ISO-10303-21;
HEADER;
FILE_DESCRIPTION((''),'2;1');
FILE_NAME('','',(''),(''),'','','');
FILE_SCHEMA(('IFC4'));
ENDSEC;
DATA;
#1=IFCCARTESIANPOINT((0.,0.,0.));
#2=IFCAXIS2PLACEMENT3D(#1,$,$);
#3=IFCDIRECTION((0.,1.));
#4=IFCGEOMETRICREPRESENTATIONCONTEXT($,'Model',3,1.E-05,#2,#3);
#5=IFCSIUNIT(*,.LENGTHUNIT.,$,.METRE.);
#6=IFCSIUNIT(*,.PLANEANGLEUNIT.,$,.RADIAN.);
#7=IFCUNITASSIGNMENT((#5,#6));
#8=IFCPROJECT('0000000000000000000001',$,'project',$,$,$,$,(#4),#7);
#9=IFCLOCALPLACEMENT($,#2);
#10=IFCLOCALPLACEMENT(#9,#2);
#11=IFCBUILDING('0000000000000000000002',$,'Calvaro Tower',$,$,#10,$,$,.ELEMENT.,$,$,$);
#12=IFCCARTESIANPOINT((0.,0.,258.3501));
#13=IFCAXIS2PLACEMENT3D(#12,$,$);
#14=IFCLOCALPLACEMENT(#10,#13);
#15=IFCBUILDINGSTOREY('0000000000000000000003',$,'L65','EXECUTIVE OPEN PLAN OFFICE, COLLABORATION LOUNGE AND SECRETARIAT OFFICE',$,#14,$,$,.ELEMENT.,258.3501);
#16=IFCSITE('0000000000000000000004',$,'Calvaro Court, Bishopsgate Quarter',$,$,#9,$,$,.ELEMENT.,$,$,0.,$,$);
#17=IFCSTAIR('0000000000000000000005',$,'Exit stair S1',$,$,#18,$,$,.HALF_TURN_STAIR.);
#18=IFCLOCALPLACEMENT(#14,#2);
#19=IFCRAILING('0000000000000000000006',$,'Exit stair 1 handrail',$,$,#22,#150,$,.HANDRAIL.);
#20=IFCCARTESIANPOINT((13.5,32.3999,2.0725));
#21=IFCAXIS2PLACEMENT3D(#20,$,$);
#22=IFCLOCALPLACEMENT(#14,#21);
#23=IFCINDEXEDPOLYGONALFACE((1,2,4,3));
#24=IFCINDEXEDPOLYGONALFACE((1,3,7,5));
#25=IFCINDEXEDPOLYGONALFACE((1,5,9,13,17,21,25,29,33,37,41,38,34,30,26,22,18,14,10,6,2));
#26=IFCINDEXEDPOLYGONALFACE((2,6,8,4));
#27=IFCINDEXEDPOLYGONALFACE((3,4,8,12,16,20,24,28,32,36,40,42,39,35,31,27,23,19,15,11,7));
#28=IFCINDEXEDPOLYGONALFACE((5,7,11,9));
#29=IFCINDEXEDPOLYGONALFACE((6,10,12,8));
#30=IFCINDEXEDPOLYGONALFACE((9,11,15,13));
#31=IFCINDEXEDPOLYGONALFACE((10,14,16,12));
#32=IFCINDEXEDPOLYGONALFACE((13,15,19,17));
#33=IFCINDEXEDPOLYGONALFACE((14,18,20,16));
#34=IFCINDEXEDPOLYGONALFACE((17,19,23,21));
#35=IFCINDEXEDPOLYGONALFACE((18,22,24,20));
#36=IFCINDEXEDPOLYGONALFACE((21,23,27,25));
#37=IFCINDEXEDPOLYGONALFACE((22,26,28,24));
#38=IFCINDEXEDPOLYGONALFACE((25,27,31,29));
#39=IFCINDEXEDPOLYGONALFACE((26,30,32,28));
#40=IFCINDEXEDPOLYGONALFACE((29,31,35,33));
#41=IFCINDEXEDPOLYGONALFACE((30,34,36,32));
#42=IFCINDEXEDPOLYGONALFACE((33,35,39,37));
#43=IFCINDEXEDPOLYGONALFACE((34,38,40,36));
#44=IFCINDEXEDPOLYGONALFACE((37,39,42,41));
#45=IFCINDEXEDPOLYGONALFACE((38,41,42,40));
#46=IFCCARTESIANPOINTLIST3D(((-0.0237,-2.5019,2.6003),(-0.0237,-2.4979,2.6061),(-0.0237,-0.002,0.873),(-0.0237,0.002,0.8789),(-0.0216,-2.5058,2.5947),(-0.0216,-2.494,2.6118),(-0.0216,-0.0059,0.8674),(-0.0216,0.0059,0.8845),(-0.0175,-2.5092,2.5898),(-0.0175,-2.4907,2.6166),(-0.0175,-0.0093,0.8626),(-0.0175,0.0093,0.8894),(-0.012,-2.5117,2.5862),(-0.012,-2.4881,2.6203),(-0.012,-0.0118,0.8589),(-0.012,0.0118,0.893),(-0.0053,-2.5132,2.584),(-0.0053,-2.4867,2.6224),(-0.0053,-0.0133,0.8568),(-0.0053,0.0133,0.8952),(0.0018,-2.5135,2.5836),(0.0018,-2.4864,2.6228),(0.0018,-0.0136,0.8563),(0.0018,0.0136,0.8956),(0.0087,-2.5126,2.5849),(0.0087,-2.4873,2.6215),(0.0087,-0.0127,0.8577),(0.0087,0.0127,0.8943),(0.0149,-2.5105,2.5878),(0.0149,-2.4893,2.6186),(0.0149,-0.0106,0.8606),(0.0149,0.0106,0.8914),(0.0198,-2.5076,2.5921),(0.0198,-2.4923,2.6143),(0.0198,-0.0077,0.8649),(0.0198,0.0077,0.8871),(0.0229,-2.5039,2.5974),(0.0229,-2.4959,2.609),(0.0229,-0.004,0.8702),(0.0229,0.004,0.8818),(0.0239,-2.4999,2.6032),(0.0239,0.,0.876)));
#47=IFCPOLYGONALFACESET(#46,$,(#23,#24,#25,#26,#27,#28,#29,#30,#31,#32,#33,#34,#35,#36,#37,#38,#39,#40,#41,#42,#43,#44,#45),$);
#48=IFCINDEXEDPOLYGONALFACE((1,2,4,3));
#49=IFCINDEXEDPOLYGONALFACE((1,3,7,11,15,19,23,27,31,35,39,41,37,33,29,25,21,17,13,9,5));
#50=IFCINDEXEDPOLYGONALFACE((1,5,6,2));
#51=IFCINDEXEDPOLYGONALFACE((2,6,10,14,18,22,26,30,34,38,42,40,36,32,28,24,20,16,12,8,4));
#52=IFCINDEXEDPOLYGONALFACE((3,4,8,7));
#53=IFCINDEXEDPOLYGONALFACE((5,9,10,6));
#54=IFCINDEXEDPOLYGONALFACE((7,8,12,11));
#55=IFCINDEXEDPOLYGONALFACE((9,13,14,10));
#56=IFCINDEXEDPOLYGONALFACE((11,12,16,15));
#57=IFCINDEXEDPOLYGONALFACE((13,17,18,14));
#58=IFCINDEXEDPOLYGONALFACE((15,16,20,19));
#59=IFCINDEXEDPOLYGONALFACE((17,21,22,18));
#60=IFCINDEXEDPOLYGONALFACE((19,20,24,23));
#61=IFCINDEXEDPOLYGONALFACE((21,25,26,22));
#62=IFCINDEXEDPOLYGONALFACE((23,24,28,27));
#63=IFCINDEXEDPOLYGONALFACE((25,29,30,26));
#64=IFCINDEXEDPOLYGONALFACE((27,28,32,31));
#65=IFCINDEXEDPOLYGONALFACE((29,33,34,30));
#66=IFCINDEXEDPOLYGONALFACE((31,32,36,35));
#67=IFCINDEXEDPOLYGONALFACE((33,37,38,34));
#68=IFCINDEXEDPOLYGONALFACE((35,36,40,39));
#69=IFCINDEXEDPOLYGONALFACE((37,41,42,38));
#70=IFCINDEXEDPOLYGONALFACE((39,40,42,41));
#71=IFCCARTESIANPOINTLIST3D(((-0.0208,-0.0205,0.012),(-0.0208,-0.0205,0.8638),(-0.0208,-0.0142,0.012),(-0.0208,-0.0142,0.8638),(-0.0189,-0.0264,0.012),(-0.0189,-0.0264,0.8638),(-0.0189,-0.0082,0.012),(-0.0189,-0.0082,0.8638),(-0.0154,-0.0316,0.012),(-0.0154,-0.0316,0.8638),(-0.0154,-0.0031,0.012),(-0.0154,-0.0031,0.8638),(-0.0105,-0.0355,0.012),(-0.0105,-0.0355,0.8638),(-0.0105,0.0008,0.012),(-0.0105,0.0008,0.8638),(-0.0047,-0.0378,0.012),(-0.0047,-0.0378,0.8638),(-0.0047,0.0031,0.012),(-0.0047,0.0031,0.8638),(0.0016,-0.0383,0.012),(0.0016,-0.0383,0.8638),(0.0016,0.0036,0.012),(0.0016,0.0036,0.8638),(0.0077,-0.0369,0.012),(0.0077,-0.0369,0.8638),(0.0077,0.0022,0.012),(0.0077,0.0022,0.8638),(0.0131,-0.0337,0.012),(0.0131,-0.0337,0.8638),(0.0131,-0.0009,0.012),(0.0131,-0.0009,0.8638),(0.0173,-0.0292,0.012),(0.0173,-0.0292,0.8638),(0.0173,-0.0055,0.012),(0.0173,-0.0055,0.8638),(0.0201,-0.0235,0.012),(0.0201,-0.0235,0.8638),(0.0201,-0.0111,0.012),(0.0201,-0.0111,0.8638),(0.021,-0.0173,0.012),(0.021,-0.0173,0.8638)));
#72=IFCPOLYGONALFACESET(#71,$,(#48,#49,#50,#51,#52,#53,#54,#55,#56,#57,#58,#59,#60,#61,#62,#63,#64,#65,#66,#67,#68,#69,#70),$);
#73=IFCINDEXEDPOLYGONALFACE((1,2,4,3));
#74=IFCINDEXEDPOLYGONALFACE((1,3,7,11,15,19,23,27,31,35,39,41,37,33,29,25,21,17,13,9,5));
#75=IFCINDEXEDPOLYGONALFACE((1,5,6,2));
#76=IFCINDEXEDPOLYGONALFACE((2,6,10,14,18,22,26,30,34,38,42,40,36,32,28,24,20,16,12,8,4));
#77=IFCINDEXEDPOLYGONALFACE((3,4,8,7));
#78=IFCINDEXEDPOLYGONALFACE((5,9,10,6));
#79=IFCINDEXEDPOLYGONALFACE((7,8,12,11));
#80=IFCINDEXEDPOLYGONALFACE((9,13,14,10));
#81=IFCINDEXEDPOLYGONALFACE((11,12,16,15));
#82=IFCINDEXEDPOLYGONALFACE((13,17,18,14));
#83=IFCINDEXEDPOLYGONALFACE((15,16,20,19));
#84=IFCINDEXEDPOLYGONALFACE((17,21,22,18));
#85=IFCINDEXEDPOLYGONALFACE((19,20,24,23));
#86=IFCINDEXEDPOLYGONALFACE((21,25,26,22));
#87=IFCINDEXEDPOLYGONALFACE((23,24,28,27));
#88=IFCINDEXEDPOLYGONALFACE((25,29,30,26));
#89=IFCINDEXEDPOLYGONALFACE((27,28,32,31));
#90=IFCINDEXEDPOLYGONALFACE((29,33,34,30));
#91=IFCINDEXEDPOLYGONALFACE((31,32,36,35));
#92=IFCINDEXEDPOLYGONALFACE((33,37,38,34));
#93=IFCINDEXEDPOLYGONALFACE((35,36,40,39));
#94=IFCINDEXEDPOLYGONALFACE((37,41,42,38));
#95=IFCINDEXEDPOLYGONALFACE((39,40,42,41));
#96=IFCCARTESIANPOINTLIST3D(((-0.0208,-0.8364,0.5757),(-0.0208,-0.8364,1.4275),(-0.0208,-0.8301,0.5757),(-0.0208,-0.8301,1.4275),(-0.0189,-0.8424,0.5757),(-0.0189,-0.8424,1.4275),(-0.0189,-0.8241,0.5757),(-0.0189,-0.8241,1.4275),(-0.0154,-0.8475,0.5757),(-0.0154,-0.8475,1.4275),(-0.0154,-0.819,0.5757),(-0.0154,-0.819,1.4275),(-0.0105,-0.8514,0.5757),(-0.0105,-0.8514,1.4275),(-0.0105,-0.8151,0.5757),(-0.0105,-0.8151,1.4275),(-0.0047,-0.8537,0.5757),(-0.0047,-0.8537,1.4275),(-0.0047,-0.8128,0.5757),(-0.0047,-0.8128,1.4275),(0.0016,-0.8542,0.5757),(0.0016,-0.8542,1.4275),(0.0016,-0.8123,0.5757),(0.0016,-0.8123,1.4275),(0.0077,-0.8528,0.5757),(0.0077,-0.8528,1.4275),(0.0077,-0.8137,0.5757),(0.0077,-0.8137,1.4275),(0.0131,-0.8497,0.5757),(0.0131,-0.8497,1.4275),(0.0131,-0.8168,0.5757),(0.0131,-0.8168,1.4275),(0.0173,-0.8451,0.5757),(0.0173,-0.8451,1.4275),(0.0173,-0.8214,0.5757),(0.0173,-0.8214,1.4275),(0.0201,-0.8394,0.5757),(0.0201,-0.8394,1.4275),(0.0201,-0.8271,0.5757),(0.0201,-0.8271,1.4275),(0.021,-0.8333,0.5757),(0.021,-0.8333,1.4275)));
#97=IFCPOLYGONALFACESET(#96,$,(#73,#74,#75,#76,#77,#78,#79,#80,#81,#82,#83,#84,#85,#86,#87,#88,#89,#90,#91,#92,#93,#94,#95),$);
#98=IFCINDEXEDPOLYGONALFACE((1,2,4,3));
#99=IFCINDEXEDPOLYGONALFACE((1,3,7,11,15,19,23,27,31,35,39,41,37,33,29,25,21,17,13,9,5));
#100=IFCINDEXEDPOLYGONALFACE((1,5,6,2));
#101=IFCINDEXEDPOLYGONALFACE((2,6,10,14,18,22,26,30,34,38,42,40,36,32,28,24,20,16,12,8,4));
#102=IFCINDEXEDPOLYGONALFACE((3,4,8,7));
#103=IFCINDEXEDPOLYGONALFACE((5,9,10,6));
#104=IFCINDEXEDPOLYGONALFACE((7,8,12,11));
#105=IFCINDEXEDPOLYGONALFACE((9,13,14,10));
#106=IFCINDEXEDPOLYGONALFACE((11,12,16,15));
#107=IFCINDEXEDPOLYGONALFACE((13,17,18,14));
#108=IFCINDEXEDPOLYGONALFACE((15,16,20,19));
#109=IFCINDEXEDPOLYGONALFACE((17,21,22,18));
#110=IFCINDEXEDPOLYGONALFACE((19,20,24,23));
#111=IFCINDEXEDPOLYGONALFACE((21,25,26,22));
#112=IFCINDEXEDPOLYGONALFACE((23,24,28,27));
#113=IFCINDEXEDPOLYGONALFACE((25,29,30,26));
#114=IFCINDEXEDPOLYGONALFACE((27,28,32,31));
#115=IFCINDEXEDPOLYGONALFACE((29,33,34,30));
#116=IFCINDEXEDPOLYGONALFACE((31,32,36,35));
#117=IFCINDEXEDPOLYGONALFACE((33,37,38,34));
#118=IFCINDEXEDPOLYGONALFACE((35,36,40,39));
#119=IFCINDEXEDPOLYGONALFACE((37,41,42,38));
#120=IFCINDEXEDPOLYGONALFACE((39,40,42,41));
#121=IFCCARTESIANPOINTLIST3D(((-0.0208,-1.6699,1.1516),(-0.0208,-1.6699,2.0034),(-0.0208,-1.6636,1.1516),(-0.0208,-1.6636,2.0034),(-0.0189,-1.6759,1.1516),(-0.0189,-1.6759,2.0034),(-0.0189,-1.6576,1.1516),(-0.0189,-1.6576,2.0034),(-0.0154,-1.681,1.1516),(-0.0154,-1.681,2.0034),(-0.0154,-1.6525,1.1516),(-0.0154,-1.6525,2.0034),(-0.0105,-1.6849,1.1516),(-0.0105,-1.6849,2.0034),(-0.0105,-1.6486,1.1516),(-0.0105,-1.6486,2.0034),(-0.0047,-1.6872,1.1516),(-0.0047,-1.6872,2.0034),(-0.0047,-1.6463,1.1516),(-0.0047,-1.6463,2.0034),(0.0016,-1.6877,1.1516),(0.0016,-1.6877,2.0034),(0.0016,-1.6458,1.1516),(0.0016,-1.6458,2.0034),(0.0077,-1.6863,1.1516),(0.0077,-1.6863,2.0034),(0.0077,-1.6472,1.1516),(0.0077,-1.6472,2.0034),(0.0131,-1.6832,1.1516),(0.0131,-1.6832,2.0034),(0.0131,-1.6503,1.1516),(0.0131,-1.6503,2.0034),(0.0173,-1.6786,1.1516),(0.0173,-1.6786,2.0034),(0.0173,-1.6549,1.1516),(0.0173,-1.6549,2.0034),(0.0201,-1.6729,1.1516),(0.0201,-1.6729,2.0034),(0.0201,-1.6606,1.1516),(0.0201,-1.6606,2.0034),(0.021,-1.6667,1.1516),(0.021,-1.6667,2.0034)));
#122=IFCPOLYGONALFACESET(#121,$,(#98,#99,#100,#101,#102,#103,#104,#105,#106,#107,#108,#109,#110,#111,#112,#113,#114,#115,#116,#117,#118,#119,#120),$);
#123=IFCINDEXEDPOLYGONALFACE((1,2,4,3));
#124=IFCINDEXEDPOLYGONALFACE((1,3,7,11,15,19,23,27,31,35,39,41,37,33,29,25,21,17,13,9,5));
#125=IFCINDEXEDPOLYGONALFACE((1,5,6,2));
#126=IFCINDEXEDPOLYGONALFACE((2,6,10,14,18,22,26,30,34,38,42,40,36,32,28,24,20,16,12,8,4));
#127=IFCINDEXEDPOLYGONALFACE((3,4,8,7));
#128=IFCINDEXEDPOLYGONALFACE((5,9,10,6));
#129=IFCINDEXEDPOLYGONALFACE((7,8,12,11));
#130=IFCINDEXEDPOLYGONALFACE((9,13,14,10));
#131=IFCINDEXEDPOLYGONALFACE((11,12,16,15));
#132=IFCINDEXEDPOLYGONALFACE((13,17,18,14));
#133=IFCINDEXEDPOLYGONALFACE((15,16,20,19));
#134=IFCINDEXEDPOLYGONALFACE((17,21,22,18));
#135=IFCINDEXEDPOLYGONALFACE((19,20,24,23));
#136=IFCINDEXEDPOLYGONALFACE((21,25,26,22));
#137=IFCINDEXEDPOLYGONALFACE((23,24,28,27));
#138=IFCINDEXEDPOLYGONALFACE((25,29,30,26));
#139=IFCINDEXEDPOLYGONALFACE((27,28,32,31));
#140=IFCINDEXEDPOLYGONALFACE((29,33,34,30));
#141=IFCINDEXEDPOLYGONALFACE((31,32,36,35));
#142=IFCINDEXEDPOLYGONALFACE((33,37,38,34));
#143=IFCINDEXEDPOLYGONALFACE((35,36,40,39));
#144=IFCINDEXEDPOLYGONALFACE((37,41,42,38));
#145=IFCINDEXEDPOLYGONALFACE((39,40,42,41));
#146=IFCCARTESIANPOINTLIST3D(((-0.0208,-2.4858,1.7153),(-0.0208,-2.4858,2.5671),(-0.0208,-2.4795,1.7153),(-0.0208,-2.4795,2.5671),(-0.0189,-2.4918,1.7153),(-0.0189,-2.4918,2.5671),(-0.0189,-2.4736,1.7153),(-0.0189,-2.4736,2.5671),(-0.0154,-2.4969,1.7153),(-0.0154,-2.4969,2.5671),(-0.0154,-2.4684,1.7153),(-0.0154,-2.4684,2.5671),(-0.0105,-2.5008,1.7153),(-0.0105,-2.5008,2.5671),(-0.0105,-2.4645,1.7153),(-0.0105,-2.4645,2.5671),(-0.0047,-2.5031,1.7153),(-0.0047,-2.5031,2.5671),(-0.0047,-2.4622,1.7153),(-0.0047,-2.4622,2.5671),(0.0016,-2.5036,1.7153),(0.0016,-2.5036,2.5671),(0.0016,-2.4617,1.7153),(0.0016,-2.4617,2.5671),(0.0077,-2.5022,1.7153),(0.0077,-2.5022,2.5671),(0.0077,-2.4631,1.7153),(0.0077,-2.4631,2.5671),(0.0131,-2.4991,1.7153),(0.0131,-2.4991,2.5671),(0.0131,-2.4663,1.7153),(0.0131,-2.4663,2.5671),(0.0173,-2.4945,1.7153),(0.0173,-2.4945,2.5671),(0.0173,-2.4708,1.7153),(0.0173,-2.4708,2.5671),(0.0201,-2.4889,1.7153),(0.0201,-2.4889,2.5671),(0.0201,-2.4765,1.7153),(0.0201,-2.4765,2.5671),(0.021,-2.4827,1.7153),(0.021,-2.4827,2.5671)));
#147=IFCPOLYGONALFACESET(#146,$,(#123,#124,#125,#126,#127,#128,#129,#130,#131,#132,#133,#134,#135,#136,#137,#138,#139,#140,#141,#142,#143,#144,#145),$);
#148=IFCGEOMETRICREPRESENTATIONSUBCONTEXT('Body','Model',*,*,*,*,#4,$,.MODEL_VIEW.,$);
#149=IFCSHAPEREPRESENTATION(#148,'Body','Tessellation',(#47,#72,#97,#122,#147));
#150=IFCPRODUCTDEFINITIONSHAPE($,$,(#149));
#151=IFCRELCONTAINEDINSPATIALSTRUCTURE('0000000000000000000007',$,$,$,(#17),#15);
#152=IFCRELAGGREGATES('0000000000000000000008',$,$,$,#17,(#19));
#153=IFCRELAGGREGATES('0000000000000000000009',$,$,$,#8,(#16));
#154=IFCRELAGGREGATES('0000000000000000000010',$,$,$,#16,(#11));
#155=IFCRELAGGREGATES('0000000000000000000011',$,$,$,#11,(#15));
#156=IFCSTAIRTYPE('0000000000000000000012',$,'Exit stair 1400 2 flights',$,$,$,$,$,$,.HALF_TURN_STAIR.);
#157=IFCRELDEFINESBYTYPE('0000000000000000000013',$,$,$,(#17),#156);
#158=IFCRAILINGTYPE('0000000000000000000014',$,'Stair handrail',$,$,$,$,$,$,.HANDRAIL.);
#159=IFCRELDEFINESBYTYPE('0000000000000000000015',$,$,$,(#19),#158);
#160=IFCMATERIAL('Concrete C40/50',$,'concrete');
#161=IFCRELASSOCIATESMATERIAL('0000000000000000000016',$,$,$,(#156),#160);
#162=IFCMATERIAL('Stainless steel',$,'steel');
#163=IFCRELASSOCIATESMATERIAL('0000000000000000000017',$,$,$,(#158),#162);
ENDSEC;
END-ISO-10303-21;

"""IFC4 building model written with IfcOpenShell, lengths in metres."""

from ifc_helpers import new_model, si_unit, direction, frame, origin, origin_2d, place, context, subcontext, project, spatial, circle, extrude, material, type_object, element, aggregate, save


model = new_model("IFC4")

# Units and contexts
model_context = context("Model", 3, precision=1e-05, world=origin(), true_north=direction((0.0, 1.0)))
body_context = subcontext(model_context, "Body", "Model", "MODEL_VIEW")
ifc_project = project(units=[si_unit("LENGTHUNIT", "METRE"), si_unit("PLANEANGLEUNIT", "RADIAN")], contexts=[model_context])

# Site, building, storey
site_placement = place(None, origin())
site = spatial("IfcSite", under=ifc_project, at=site_placement, Name="Calvaro Court, Bishopsgate Quarter", CompositionType="ELEMENT", RefElevation=0.0)
building_placement = place(site_placement, origin())
building = spatial("IfcBuilding", under=site, at=building_placement, Name="Calvaro Tower", CompositionType="ELEMENT")
storey_placement = place(building_placement, frame((0.0, 0.0, 258.3501)))
storey = spatial("IfcBuildingStorey", under=building, at=storey_placement, Name="L65", Description="EXECUTIVE OPEN PLAN OFFICE, COLLABORATION LOUNGE AND SECRETARIAT OFFICE", CompositionType="ELEMENT", Elevation=258.3501)

# Stair, railing
ifc_material_1 = material(Name="Concrete C40/50", Category="concrete")
stair_type = type_object("IfcStairType", Name="Exit stair 1400 2 flights", PredefinedType="HALF_TURN_STAIR", material=ifc_material_1)
stair_placement = place(storey_placement, origin())
stair = element("IfcStair", 1, at=stair_placement, inside=storey, type_object=stair_type, Name="Exit stair S1", PredefinedType="HALF_TURN_STAIR")
ifc_material_2 = material(Name="Stainless steel", Category="steel")
railing_type = type_object("IfcRailingType", Name="Stair handrail", PredefinedType="HANDRAIL", material=ifc_material_2)
railing_placement = place(storey_placement, frame((13.5, 32.3999, 2.0725)))
railing = element("IfcRailing", 2, at=railing_placement, type_object=railing_type, Name="Exit stair 1 handrail", PredefinedType="HANDRAIL", context=body_context, shape_type="SweptSolid", body=[
    extrude(circle(Radius=0.0239, at=origin_2d()), frame((0.0, 0.0, 0.876), z_axis=(0.0, -0.822727, 0.568437), x_axis=(1.0, 0.0, 0.0)), (0.0, 0.0, 1.0), 3.0386),
    extrude(circle(Radius=0.021, at=origin_2d()), frame((0.0, -0.0173, 0.012)), (0.0, 0.0, 1.0), 0.8518),
    extrude(circle(Radius=0.021, at=origin_2d()), frame((0.0, -0.8333, 0.5757)), (0.0, 0.0, 1.0), 0.8518),
    extrude(circle(Radius=0.021, at=origin_2d()), frame((0.0, -1.6667, 1.1516)), (0.0, 0.0, 1.0), 0.8518),
    extrude(circle(Radius=0.021, at=origin_2d()), frame((0.0, -2.4827, 1.7153)), (0.0, 0.0, 1.0), 0.8518),
])
aggregate(stair, [railing])

save(model, "model.ifc")
